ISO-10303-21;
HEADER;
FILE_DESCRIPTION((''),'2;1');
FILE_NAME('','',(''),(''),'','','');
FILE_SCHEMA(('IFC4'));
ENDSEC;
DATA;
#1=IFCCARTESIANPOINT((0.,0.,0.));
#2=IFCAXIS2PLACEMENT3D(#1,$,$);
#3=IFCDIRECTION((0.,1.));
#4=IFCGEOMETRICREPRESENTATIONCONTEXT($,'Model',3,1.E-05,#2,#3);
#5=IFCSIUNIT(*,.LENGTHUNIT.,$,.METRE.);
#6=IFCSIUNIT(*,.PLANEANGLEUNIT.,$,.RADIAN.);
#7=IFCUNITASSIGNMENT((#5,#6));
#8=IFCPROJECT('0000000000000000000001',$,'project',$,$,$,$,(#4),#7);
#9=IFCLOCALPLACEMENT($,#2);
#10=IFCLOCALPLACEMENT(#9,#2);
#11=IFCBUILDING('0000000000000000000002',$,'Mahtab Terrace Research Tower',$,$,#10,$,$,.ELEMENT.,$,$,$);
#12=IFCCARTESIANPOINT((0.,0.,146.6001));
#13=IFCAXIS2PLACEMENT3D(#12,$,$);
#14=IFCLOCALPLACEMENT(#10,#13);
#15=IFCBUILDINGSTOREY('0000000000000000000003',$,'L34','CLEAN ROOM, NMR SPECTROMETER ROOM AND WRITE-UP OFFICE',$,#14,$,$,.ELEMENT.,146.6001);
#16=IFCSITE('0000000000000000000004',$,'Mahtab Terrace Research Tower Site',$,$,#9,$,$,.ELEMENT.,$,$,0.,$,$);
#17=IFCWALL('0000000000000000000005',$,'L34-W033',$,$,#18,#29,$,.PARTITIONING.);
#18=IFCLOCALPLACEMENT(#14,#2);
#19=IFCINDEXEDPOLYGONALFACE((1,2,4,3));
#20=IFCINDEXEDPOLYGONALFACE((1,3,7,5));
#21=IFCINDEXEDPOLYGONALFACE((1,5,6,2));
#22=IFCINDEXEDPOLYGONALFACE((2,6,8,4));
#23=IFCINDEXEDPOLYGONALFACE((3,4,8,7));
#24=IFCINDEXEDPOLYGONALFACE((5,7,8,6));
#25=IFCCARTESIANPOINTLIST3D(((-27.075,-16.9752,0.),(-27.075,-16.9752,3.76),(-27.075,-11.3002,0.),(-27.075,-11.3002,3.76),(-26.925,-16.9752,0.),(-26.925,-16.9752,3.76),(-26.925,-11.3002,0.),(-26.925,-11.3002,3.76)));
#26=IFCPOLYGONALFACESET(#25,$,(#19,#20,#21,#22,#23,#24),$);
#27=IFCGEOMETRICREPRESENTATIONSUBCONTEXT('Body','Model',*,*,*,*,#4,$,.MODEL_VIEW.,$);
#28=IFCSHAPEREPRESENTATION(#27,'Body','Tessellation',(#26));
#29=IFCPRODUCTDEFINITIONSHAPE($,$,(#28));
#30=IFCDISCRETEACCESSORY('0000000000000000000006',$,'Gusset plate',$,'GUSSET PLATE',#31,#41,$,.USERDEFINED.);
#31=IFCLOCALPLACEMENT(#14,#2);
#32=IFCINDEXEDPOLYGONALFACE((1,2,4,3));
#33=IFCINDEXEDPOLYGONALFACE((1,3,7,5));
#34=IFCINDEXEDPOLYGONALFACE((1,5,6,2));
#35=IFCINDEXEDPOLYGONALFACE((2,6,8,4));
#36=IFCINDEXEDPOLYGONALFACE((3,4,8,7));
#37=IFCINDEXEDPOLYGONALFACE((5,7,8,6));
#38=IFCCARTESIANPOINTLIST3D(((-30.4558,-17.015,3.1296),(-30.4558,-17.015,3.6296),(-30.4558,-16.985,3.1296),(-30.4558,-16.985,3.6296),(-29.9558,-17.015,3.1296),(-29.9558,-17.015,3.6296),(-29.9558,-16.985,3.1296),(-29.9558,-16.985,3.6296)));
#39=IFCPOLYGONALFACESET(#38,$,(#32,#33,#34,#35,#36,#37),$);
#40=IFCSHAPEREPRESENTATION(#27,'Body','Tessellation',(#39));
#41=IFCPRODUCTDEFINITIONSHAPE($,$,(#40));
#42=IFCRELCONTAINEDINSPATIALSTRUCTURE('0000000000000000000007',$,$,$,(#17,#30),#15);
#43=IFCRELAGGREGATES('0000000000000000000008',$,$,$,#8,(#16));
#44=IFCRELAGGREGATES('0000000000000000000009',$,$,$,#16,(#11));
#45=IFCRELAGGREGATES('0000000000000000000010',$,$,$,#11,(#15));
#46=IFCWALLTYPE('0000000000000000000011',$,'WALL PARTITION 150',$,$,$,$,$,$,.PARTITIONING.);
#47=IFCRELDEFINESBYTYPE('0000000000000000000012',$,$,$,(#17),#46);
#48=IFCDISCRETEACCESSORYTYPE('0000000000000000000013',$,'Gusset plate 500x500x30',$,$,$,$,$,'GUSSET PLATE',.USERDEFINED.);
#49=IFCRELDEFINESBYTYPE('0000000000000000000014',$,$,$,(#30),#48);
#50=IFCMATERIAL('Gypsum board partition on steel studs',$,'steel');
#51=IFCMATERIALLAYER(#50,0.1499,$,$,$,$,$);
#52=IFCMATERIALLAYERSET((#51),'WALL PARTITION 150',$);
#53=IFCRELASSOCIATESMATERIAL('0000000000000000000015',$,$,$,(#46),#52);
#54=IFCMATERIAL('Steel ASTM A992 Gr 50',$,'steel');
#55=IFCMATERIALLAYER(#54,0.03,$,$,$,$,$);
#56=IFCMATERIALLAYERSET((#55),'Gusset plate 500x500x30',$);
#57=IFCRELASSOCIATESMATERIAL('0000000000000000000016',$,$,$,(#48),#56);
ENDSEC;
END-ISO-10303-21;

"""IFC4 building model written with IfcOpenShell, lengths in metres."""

from ifc_helpers import new_model, si_unit, direction, frame, frame_2d, origin, origin_2d, place, context, subcontext, project, spatial, rectangle, extrude, material, layer, layer_set, type_object, element, save


model = new_model("IFC4")

# Units and contexts
model_context = context("Model", 3, precision=1e-05, world=origin(), true_north=direction((0.0, 1.0)))
body_context = subcontext(model_context, "Body", "Model", "MODEL_VIEW")
ifc_project = project(units=[si_unit("LENGTHUNIT", "METRE"), si_unit("PLANEANGLEUNIT", "RADIAN")], contexts=[model_context])

# Site, building, storey
site_placement = place(None, origin())
site = spatial("IfcSite", under=ifc_project, at=site_placement, Name="Mahtab Terrace Research Tower Site", CompositionType="ELEMENT", RefElevation=0.0)
building_placement = place(site_placement, origin())
building = spatial("IfcBuilding", under=site, at=building_placement, Name="Mahtab Terrace Research Tower", CompositionType="ELEMENT")
storey_placement = place(building_placement, frame((0.0, 0.0, 146.6001)))
storey = spatial("IfcBuildingStorey", under=building, at=storey_placement, Name="L34", Description="CLEAN ROOM, NMR SPECTROMETER ROOM AND WRITE-UP OFFICE", CompositionType="ELEMENT", Elevation=146.6001)

# Shared definitions
ifc_material_1 = material(Name="Steel ASTM A992 Gr 50", Category="steel")

# Wall
ifc_material_2 = material(Name="Gypsum board partition on steel studs", Category="steel")
ifc_layer_1 = layer(ifc_material_2, 0.1499)
ifc_layer_set_1 = layer_set([ifc_layer_1], Name="WALL PARTITION 150")
wall_type = type_object("IfcWallType", Name="WALL PARTITION 150", PredefinedType="PARTITIONING", material=ifc_layer_set_1)
wall_placement = place(storey_placement, frame((-27.0, -16.9751, 0.0), z_axis=(0.0, 0.0, 1.0), x_axis=(0.0, 1.0, 0.0)))
element("IfcWall", 1, at=wall_placement, inside=storey, type_object=wall_type, Name="L34-W033", PredefinedType="PARTITIONING", context=body_context, shape_type="SweptSolid", body=[
    extrude(rectangle(XDim=5.675, YDim=0.1499, at=frame_2d((2.8374, 0.0))), origin(), (0.0, 0.0, 1.0), 3.76),
])

# Discrete accessory
ifc_layer_2 = layer(ifc_material_1, 0.03)
ifc_layer_set_2 = layer_set([ifc_layer_2], Name="Gusset plate 500x500x30")
discrete_accessory_type = type_object("IfcDiscreteAccessoryType", Name="Gusset plate 500x500x30", ElementType="GUSSET PLATE", PredefinedType="USERDEFINED", material=ifc_layer_set_2)
discrete_accessory_placement = place(storey_placement, frame((-30.2058, -17.0, 3.1296), z_axis=(0.0, 0.0, 1.0), x_axis=(1.0, 0.0, 0.0)))
element("IfcDiscreteAccessory", 2, at=discrete_accessory_placement, inside=storey, type_object=discrete_accessory_type, Name="Gusset plate", ObjectType="GUSSET PLATE", PredefinedType="USERDEFINED", context=body_context, shape_type="SweptSolid", body=[
    extrude(rectangle(XDim=0.5, YDim=0.03, at=origin_2d()), origin(), (0.0, 0.0, 1.0), 0.5),
])

save(model, "model.ifc")
